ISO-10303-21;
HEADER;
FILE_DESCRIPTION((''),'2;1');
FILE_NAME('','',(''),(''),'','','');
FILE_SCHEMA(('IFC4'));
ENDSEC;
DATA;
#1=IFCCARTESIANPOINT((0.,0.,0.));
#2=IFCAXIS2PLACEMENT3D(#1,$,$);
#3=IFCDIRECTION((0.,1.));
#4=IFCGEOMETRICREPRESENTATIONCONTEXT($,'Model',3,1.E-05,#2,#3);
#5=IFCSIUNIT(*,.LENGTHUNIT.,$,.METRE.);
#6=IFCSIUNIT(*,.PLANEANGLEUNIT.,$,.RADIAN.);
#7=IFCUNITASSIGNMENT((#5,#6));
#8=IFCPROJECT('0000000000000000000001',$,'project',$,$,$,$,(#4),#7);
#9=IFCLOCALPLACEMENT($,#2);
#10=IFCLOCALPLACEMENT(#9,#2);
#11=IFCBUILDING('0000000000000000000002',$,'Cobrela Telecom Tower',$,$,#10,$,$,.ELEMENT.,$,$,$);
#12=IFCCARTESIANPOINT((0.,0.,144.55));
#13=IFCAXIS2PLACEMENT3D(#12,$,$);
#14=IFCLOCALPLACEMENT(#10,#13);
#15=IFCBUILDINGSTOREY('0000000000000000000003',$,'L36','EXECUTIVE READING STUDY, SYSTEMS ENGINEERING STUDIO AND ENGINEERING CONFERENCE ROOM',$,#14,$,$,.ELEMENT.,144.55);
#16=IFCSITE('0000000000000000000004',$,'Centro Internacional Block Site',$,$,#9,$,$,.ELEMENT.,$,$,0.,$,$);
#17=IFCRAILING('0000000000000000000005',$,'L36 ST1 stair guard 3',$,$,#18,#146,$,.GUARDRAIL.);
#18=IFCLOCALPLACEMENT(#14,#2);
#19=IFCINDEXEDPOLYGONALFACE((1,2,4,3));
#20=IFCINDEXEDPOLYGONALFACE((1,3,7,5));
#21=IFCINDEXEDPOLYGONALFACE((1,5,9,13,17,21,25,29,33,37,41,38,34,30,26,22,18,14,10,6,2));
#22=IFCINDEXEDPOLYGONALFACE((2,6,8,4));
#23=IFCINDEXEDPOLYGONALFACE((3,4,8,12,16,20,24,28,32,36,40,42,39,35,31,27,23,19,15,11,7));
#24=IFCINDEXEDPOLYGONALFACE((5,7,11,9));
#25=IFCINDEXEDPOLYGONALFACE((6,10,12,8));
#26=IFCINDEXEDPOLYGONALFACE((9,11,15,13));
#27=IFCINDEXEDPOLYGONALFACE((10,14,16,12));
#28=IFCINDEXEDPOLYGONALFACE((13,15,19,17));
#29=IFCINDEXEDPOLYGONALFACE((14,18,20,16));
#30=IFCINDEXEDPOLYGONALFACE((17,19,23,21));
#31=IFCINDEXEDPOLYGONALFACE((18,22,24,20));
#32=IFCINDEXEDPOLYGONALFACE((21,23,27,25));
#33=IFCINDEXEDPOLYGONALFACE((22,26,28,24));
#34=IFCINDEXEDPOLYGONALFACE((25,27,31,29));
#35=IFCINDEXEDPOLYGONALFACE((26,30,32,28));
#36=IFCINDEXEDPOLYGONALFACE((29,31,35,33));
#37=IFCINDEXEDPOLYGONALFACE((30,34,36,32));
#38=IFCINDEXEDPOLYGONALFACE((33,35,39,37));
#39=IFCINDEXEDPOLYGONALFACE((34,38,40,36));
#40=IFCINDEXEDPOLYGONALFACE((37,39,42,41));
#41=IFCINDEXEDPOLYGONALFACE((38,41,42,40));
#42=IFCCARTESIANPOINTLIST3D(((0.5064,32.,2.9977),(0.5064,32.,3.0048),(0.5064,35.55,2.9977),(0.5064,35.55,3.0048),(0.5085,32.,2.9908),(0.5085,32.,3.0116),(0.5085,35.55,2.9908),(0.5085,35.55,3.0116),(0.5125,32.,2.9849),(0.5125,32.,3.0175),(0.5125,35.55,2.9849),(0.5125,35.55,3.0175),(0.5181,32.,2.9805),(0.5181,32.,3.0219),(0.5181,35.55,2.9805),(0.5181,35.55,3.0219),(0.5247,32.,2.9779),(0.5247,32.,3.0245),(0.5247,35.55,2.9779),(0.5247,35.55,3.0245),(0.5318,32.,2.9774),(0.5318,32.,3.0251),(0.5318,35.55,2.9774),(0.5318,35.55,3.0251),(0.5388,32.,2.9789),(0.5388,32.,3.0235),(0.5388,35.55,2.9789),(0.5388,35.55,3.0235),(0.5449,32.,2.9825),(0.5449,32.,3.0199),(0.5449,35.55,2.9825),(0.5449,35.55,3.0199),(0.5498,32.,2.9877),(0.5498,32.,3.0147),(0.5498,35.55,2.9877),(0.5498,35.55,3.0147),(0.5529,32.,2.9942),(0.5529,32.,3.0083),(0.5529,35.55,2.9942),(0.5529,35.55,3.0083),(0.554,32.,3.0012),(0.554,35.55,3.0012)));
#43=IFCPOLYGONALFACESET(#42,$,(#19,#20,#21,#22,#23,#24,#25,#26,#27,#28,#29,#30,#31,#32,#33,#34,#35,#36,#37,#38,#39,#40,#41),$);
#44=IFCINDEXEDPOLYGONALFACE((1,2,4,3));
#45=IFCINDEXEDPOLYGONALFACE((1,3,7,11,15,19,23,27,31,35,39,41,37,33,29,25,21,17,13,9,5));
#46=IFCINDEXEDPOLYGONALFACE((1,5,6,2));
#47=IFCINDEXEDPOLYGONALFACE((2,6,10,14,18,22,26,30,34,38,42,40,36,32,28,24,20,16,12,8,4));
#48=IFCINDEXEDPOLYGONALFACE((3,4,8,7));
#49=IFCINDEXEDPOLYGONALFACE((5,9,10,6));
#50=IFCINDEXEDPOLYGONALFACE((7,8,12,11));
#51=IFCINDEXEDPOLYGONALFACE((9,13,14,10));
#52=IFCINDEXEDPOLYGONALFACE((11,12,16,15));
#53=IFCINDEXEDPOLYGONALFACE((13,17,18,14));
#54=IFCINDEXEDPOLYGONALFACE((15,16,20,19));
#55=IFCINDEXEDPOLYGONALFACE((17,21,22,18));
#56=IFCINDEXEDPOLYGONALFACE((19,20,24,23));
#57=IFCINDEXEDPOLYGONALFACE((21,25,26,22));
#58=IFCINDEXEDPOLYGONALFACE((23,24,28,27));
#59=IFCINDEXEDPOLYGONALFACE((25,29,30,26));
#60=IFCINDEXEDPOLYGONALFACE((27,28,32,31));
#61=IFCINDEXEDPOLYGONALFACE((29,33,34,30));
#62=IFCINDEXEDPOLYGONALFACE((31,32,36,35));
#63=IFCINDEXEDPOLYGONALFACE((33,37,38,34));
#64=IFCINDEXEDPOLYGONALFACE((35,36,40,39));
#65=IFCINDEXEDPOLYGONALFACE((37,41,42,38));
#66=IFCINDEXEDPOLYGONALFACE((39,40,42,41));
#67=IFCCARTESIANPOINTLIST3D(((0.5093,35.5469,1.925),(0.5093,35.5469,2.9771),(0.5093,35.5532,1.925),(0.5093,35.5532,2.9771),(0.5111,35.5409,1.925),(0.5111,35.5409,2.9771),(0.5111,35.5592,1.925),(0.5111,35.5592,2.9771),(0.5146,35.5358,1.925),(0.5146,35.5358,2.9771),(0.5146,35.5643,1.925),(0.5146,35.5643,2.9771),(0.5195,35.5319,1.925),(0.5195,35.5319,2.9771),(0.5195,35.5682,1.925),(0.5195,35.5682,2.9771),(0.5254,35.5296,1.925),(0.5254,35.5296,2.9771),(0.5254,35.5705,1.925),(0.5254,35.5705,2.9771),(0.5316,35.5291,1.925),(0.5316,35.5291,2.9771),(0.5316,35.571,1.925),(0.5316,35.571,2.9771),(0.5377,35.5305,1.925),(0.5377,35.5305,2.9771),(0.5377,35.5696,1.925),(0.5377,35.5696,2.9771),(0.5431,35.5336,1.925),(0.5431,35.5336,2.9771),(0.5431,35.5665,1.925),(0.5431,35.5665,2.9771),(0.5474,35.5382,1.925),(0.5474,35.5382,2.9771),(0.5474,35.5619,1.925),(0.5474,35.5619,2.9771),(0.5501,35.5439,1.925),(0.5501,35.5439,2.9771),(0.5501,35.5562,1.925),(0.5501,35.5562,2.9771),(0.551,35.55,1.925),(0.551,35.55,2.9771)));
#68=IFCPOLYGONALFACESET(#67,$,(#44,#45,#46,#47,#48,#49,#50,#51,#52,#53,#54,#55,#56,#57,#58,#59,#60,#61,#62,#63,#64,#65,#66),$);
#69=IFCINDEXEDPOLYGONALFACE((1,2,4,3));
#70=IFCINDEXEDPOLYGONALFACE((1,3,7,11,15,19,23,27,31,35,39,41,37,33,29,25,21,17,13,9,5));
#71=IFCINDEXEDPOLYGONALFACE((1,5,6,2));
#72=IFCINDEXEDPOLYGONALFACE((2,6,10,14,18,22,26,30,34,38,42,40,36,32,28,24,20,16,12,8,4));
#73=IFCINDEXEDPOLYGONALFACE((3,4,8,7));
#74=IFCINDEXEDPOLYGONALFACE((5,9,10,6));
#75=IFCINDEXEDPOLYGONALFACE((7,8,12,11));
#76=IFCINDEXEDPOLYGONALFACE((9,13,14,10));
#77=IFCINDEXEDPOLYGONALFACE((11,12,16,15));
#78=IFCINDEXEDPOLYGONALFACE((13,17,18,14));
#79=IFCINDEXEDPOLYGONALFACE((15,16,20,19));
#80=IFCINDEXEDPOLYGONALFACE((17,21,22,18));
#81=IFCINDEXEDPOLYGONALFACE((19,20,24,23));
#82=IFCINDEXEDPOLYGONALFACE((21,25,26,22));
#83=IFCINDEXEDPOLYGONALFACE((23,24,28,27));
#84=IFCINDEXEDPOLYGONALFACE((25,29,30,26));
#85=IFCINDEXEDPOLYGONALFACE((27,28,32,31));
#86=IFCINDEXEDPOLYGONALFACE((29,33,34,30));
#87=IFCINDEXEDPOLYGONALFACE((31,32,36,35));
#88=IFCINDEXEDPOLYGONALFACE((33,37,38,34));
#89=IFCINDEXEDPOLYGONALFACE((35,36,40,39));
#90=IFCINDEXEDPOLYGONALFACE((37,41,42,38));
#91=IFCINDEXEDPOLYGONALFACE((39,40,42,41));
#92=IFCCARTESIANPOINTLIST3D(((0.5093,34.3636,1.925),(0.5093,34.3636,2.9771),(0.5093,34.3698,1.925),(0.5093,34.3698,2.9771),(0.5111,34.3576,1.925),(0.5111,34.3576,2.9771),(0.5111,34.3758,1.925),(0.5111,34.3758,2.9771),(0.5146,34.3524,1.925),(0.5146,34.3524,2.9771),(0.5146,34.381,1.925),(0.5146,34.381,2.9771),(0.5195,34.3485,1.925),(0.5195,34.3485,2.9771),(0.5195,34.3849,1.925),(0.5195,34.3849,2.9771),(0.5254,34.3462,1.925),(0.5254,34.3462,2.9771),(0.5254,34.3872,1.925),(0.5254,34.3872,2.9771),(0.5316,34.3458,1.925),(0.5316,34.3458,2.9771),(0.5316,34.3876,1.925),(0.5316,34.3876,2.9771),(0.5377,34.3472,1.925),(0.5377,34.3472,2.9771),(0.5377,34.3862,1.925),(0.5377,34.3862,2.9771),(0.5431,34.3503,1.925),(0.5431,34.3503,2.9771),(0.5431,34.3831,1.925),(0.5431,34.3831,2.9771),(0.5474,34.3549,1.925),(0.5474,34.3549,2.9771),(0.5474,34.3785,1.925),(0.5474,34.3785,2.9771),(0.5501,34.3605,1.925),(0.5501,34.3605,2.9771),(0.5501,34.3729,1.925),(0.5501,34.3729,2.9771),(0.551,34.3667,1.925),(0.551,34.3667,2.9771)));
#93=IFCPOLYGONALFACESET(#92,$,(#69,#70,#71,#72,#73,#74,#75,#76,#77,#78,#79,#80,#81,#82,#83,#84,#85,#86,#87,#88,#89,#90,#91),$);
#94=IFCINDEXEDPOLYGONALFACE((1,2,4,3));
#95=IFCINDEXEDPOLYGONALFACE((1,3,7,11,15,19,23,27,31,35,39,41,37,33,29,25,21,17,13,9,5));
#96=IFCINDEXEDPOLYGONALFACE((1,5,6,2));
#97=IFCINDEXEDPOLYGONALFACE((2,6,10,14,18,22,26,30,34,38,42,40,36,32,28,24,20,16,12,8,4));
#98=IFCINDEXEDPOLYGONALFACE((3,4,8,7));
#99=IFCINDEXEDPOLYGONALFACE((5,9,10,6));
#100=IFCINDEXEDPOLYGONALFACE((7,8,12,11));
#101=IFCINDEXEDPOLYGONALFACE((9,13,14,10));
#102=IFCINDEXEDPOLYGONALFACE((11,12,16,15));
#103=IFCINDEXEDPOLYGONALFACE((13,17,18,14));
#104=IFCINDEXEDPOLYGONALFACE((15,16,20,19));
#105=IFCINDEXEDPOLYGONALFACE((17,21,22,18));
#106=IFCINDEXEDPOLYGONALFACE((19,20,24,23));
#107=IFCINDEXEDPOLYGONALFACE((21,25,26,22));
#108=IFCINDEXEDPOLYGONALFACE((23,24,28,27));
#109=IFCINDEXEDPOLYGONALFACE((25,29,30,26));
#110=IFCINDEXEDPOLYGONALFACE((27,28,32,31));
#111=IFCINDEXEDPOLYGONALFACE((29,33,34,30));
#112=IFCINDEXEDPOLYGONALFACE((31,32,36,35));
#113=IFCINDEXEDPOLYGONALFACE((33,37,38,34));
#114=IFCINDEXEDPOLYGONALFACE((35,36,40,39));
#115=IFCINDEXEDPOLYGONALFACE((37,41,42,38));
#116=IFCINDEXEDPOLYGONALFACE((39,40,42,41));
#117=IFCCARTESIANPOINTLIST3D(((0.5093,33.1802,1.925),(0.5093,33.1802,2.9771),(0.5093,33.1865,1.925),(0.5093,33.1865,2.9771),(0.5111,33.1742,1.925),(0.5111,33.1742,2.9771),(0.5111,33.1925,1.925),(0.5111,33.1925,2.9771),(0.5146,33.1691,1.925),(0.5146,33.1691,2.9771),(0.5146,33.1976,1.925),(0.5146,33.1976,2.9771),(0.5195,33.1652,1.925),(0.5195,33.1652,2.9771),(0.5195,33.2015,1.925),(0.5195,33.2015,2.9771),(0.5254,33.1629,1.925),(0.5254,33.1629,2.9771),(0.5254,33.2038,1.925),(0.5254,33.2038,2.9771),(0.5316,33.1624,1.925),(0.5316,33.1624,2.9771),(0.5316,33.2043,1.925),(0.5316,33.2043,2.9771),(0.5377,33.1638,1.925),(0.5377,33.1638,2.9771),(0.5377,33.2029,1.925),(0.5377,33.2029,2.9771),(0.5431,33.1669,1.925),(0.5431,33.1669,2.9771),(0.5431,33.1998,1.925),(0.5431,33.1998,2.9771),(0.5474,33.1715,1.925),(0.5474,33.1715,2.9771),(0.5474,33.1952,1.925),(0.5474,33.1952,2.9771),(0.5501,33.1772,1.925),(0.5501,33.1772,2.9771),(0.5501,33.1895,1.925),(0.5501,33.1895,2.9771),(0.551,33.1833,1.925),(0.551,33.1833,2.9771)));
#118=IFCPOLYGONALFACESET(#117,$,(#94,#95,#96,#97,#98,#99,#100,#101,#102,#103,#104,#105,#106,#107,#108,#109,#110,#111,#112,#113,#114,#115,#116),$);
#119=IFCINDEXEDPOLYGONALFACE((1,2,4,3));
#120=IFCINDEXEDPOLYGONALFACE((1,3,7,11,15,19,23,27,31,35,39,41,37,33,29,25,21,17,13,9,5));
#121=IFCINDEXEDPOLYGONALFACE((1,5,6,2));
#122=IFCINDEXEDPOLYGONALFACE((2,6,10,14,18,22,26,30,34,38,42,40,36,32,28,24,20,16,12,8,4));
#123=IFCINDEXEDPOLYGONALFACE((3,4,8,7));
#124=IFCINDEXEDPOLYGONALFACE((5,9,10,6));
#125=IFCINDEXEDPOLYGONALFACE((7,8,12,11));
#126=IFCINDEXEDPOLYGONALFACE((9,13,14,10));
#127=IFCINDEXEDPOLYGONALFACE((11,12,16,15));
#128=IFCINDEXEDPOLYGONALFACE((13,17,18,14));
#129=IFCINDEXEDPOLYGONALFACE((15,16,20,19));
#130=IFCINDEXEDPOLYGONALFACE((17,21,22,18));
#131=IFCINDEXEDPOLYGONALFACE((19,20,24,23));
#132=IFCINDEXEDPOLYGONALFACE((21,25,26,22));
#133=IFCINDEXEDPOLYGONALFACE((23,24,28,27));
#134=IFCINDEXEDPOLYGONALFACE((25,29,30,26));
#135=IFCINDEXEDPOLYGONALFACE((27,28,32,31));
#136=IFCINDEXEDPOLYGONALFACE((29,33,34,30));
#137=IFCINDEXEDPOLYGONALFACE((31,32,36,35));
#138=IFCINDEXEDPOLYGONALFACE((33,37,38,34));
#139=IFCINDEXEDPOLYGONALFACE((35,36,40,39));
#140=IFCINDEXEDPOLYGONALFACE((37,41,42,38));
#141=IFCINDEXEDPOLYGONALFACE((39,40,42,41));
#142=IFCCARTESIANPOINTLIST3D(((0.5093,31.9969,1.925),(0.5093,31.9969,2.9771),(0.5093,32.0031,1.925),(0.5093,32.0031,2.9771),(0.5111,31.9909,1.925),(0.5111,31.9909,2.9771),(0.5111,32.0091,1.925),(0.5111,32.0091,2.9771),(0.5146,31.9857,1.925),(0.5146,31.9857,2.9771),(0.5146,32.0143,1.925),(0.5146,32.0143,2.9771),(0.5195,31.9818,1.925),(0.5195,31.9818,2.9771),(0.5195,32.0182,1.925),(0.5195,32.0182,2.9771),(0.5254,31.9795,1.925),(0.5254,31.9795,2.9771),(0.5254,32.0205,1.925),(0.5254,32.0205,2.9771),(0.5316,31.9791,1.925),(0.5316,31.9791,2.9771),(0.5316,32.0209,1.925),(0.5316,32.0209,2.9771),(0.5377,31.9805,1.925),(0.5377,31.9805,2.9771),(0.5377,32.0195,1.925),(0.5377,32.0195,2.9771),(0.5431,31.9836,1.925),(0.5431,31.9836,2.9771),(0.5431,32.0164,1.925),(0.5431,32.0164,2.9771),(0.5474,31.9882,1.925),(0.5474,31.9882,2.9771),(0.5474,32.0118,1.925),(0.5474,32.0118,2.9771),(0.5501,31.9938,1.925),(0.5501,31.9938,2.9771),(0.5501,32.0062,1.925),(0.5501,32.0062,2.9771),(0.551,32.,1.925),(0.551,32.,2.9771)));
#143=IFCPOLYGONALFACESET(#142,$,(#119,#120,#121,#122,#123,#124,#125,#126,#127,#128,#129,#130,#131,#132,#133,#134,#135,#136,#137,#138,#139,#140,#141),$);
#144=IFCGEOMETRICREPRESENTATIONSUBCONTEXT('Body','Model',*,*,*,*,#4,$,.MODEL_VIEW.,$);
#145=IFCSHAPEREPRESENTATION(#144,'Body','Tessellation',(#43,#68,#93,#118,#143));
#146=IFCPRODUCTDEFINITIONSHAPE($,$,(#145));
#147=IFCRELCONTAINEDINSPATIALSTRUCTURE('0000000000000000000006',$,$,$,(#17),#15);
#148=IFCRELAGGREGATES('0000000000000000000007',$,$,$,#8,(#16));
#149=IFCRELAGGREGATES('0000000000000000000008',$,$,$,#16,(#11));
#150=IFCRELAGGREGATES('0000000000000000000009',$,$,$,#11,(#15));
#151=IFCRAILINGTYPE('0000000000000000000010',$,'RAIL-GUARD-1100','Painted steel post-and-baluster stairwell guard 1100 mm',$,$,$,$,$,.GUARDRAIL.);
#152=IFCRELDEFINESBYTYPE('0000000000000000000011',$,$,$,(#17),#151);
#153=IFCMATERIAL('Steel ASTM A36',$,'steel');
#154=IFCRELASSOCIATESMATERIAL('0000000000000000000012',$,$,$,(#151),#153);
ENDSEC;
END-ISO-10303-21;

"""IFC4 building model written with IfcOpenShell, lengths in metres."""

from ifc_helpers import new_model, si_unit, direction, frame, origin, origin_2d, place, context, subcontext, project, spatial, circle, extrude, material, type_object, element, save


model = new_model("IFC4")

# Units and contexts
model_context = context("Model", 3, precision=1e-05, world=origin(), true_north=direction((0.0, 1.0)))
body_context = subcontext(model_context, "Body", "Model", "MODEL_VIEW")
ifc_project = project(units=[si_unit("LENGTHUNIT", "METRE"), si_unit("PLANEANGLEUNIT", "RADIAN")], contexts=[model_context])

# Site, building, storey
site_placement = place(None, origin())
site = spatial("IfcSite", under=ifc_project, at=site_placement, Name="Centro Internacional Block Site", CompositionType="ELEMENT", RefElevation=0.0)
building_placement = place(site_placement, origin())
building = spatial("IfcBuilding", under=site, at=building_placement, Name="Cobrela Telecom Tower", CompositionType="ELEMENT")
storey_placement = place(building_placement, frame((0.0, 0.0, 144.55)))
storey = spatial("IfcBuildingStorey", under=building, at=storey_placement, Name="L36", Description="EXECUTIVE READING STUDY, SYSTEMS ENGINEERING STUDIO AND ENGINEERING CONFERENCE ROOM", CompositionType="ELEMENT", Elevation=144.55)

# Shared definitions
ifc_material_1 = material(Name="Steel ASTM A36", Category="steel")

# Railing
railing_type_1 = type_object("IfcRailingType", Name="RAIL-GUARD-1100", Description="Painted steel post-and-baluster stairwell guard 1100 mm", PredefinedType="GUARDRAIL", material=ifc_material_1)
railing_1_placement = place(storey_placement, frame((0.53, 35.55, 1.925)))
element("IfcRailing", 1, at=railing_1_placement, inside=storey, type_object=railing_type_1, Name="L36 ST1 stair guard 3", PredefinedType="GUARDRAIL", context=body_context, shape_type="SweptSolid", body=[
    extrude(circle(Radius=0.0239, at=origin_2d()), frame((0.0, 0.0, 1.0762), z_axis=(0.0, -1.0, 0.0), x_axis=(1.0, 0.0, 0.0)), (0.0, 0.0, 1.0), 3.55),
    extrude(circle(Radius=0.021, at=origin_2d()), origin(), (0.0, 0.0, 1.0), 1.052),
    extrude(circle(Radius=0.021, at=origin_2d()), frame((0.0, -1.1833, 0.0)), (0.0, 0.0, 1.0), 1.052),
    extrude(circle(Radius=0.021, at=origin_2d()), frame((0.0, -2.3667, 0.0)), (0.0, 0.0, 1.0), 1.052),
    extrude(circle(Radius=0.021, at=origin_2d()), frame((0.0, -3.55, 0.0)), (0.0, 0.0, 1.0), 1.052),
])

save(model, "model.ifc")
